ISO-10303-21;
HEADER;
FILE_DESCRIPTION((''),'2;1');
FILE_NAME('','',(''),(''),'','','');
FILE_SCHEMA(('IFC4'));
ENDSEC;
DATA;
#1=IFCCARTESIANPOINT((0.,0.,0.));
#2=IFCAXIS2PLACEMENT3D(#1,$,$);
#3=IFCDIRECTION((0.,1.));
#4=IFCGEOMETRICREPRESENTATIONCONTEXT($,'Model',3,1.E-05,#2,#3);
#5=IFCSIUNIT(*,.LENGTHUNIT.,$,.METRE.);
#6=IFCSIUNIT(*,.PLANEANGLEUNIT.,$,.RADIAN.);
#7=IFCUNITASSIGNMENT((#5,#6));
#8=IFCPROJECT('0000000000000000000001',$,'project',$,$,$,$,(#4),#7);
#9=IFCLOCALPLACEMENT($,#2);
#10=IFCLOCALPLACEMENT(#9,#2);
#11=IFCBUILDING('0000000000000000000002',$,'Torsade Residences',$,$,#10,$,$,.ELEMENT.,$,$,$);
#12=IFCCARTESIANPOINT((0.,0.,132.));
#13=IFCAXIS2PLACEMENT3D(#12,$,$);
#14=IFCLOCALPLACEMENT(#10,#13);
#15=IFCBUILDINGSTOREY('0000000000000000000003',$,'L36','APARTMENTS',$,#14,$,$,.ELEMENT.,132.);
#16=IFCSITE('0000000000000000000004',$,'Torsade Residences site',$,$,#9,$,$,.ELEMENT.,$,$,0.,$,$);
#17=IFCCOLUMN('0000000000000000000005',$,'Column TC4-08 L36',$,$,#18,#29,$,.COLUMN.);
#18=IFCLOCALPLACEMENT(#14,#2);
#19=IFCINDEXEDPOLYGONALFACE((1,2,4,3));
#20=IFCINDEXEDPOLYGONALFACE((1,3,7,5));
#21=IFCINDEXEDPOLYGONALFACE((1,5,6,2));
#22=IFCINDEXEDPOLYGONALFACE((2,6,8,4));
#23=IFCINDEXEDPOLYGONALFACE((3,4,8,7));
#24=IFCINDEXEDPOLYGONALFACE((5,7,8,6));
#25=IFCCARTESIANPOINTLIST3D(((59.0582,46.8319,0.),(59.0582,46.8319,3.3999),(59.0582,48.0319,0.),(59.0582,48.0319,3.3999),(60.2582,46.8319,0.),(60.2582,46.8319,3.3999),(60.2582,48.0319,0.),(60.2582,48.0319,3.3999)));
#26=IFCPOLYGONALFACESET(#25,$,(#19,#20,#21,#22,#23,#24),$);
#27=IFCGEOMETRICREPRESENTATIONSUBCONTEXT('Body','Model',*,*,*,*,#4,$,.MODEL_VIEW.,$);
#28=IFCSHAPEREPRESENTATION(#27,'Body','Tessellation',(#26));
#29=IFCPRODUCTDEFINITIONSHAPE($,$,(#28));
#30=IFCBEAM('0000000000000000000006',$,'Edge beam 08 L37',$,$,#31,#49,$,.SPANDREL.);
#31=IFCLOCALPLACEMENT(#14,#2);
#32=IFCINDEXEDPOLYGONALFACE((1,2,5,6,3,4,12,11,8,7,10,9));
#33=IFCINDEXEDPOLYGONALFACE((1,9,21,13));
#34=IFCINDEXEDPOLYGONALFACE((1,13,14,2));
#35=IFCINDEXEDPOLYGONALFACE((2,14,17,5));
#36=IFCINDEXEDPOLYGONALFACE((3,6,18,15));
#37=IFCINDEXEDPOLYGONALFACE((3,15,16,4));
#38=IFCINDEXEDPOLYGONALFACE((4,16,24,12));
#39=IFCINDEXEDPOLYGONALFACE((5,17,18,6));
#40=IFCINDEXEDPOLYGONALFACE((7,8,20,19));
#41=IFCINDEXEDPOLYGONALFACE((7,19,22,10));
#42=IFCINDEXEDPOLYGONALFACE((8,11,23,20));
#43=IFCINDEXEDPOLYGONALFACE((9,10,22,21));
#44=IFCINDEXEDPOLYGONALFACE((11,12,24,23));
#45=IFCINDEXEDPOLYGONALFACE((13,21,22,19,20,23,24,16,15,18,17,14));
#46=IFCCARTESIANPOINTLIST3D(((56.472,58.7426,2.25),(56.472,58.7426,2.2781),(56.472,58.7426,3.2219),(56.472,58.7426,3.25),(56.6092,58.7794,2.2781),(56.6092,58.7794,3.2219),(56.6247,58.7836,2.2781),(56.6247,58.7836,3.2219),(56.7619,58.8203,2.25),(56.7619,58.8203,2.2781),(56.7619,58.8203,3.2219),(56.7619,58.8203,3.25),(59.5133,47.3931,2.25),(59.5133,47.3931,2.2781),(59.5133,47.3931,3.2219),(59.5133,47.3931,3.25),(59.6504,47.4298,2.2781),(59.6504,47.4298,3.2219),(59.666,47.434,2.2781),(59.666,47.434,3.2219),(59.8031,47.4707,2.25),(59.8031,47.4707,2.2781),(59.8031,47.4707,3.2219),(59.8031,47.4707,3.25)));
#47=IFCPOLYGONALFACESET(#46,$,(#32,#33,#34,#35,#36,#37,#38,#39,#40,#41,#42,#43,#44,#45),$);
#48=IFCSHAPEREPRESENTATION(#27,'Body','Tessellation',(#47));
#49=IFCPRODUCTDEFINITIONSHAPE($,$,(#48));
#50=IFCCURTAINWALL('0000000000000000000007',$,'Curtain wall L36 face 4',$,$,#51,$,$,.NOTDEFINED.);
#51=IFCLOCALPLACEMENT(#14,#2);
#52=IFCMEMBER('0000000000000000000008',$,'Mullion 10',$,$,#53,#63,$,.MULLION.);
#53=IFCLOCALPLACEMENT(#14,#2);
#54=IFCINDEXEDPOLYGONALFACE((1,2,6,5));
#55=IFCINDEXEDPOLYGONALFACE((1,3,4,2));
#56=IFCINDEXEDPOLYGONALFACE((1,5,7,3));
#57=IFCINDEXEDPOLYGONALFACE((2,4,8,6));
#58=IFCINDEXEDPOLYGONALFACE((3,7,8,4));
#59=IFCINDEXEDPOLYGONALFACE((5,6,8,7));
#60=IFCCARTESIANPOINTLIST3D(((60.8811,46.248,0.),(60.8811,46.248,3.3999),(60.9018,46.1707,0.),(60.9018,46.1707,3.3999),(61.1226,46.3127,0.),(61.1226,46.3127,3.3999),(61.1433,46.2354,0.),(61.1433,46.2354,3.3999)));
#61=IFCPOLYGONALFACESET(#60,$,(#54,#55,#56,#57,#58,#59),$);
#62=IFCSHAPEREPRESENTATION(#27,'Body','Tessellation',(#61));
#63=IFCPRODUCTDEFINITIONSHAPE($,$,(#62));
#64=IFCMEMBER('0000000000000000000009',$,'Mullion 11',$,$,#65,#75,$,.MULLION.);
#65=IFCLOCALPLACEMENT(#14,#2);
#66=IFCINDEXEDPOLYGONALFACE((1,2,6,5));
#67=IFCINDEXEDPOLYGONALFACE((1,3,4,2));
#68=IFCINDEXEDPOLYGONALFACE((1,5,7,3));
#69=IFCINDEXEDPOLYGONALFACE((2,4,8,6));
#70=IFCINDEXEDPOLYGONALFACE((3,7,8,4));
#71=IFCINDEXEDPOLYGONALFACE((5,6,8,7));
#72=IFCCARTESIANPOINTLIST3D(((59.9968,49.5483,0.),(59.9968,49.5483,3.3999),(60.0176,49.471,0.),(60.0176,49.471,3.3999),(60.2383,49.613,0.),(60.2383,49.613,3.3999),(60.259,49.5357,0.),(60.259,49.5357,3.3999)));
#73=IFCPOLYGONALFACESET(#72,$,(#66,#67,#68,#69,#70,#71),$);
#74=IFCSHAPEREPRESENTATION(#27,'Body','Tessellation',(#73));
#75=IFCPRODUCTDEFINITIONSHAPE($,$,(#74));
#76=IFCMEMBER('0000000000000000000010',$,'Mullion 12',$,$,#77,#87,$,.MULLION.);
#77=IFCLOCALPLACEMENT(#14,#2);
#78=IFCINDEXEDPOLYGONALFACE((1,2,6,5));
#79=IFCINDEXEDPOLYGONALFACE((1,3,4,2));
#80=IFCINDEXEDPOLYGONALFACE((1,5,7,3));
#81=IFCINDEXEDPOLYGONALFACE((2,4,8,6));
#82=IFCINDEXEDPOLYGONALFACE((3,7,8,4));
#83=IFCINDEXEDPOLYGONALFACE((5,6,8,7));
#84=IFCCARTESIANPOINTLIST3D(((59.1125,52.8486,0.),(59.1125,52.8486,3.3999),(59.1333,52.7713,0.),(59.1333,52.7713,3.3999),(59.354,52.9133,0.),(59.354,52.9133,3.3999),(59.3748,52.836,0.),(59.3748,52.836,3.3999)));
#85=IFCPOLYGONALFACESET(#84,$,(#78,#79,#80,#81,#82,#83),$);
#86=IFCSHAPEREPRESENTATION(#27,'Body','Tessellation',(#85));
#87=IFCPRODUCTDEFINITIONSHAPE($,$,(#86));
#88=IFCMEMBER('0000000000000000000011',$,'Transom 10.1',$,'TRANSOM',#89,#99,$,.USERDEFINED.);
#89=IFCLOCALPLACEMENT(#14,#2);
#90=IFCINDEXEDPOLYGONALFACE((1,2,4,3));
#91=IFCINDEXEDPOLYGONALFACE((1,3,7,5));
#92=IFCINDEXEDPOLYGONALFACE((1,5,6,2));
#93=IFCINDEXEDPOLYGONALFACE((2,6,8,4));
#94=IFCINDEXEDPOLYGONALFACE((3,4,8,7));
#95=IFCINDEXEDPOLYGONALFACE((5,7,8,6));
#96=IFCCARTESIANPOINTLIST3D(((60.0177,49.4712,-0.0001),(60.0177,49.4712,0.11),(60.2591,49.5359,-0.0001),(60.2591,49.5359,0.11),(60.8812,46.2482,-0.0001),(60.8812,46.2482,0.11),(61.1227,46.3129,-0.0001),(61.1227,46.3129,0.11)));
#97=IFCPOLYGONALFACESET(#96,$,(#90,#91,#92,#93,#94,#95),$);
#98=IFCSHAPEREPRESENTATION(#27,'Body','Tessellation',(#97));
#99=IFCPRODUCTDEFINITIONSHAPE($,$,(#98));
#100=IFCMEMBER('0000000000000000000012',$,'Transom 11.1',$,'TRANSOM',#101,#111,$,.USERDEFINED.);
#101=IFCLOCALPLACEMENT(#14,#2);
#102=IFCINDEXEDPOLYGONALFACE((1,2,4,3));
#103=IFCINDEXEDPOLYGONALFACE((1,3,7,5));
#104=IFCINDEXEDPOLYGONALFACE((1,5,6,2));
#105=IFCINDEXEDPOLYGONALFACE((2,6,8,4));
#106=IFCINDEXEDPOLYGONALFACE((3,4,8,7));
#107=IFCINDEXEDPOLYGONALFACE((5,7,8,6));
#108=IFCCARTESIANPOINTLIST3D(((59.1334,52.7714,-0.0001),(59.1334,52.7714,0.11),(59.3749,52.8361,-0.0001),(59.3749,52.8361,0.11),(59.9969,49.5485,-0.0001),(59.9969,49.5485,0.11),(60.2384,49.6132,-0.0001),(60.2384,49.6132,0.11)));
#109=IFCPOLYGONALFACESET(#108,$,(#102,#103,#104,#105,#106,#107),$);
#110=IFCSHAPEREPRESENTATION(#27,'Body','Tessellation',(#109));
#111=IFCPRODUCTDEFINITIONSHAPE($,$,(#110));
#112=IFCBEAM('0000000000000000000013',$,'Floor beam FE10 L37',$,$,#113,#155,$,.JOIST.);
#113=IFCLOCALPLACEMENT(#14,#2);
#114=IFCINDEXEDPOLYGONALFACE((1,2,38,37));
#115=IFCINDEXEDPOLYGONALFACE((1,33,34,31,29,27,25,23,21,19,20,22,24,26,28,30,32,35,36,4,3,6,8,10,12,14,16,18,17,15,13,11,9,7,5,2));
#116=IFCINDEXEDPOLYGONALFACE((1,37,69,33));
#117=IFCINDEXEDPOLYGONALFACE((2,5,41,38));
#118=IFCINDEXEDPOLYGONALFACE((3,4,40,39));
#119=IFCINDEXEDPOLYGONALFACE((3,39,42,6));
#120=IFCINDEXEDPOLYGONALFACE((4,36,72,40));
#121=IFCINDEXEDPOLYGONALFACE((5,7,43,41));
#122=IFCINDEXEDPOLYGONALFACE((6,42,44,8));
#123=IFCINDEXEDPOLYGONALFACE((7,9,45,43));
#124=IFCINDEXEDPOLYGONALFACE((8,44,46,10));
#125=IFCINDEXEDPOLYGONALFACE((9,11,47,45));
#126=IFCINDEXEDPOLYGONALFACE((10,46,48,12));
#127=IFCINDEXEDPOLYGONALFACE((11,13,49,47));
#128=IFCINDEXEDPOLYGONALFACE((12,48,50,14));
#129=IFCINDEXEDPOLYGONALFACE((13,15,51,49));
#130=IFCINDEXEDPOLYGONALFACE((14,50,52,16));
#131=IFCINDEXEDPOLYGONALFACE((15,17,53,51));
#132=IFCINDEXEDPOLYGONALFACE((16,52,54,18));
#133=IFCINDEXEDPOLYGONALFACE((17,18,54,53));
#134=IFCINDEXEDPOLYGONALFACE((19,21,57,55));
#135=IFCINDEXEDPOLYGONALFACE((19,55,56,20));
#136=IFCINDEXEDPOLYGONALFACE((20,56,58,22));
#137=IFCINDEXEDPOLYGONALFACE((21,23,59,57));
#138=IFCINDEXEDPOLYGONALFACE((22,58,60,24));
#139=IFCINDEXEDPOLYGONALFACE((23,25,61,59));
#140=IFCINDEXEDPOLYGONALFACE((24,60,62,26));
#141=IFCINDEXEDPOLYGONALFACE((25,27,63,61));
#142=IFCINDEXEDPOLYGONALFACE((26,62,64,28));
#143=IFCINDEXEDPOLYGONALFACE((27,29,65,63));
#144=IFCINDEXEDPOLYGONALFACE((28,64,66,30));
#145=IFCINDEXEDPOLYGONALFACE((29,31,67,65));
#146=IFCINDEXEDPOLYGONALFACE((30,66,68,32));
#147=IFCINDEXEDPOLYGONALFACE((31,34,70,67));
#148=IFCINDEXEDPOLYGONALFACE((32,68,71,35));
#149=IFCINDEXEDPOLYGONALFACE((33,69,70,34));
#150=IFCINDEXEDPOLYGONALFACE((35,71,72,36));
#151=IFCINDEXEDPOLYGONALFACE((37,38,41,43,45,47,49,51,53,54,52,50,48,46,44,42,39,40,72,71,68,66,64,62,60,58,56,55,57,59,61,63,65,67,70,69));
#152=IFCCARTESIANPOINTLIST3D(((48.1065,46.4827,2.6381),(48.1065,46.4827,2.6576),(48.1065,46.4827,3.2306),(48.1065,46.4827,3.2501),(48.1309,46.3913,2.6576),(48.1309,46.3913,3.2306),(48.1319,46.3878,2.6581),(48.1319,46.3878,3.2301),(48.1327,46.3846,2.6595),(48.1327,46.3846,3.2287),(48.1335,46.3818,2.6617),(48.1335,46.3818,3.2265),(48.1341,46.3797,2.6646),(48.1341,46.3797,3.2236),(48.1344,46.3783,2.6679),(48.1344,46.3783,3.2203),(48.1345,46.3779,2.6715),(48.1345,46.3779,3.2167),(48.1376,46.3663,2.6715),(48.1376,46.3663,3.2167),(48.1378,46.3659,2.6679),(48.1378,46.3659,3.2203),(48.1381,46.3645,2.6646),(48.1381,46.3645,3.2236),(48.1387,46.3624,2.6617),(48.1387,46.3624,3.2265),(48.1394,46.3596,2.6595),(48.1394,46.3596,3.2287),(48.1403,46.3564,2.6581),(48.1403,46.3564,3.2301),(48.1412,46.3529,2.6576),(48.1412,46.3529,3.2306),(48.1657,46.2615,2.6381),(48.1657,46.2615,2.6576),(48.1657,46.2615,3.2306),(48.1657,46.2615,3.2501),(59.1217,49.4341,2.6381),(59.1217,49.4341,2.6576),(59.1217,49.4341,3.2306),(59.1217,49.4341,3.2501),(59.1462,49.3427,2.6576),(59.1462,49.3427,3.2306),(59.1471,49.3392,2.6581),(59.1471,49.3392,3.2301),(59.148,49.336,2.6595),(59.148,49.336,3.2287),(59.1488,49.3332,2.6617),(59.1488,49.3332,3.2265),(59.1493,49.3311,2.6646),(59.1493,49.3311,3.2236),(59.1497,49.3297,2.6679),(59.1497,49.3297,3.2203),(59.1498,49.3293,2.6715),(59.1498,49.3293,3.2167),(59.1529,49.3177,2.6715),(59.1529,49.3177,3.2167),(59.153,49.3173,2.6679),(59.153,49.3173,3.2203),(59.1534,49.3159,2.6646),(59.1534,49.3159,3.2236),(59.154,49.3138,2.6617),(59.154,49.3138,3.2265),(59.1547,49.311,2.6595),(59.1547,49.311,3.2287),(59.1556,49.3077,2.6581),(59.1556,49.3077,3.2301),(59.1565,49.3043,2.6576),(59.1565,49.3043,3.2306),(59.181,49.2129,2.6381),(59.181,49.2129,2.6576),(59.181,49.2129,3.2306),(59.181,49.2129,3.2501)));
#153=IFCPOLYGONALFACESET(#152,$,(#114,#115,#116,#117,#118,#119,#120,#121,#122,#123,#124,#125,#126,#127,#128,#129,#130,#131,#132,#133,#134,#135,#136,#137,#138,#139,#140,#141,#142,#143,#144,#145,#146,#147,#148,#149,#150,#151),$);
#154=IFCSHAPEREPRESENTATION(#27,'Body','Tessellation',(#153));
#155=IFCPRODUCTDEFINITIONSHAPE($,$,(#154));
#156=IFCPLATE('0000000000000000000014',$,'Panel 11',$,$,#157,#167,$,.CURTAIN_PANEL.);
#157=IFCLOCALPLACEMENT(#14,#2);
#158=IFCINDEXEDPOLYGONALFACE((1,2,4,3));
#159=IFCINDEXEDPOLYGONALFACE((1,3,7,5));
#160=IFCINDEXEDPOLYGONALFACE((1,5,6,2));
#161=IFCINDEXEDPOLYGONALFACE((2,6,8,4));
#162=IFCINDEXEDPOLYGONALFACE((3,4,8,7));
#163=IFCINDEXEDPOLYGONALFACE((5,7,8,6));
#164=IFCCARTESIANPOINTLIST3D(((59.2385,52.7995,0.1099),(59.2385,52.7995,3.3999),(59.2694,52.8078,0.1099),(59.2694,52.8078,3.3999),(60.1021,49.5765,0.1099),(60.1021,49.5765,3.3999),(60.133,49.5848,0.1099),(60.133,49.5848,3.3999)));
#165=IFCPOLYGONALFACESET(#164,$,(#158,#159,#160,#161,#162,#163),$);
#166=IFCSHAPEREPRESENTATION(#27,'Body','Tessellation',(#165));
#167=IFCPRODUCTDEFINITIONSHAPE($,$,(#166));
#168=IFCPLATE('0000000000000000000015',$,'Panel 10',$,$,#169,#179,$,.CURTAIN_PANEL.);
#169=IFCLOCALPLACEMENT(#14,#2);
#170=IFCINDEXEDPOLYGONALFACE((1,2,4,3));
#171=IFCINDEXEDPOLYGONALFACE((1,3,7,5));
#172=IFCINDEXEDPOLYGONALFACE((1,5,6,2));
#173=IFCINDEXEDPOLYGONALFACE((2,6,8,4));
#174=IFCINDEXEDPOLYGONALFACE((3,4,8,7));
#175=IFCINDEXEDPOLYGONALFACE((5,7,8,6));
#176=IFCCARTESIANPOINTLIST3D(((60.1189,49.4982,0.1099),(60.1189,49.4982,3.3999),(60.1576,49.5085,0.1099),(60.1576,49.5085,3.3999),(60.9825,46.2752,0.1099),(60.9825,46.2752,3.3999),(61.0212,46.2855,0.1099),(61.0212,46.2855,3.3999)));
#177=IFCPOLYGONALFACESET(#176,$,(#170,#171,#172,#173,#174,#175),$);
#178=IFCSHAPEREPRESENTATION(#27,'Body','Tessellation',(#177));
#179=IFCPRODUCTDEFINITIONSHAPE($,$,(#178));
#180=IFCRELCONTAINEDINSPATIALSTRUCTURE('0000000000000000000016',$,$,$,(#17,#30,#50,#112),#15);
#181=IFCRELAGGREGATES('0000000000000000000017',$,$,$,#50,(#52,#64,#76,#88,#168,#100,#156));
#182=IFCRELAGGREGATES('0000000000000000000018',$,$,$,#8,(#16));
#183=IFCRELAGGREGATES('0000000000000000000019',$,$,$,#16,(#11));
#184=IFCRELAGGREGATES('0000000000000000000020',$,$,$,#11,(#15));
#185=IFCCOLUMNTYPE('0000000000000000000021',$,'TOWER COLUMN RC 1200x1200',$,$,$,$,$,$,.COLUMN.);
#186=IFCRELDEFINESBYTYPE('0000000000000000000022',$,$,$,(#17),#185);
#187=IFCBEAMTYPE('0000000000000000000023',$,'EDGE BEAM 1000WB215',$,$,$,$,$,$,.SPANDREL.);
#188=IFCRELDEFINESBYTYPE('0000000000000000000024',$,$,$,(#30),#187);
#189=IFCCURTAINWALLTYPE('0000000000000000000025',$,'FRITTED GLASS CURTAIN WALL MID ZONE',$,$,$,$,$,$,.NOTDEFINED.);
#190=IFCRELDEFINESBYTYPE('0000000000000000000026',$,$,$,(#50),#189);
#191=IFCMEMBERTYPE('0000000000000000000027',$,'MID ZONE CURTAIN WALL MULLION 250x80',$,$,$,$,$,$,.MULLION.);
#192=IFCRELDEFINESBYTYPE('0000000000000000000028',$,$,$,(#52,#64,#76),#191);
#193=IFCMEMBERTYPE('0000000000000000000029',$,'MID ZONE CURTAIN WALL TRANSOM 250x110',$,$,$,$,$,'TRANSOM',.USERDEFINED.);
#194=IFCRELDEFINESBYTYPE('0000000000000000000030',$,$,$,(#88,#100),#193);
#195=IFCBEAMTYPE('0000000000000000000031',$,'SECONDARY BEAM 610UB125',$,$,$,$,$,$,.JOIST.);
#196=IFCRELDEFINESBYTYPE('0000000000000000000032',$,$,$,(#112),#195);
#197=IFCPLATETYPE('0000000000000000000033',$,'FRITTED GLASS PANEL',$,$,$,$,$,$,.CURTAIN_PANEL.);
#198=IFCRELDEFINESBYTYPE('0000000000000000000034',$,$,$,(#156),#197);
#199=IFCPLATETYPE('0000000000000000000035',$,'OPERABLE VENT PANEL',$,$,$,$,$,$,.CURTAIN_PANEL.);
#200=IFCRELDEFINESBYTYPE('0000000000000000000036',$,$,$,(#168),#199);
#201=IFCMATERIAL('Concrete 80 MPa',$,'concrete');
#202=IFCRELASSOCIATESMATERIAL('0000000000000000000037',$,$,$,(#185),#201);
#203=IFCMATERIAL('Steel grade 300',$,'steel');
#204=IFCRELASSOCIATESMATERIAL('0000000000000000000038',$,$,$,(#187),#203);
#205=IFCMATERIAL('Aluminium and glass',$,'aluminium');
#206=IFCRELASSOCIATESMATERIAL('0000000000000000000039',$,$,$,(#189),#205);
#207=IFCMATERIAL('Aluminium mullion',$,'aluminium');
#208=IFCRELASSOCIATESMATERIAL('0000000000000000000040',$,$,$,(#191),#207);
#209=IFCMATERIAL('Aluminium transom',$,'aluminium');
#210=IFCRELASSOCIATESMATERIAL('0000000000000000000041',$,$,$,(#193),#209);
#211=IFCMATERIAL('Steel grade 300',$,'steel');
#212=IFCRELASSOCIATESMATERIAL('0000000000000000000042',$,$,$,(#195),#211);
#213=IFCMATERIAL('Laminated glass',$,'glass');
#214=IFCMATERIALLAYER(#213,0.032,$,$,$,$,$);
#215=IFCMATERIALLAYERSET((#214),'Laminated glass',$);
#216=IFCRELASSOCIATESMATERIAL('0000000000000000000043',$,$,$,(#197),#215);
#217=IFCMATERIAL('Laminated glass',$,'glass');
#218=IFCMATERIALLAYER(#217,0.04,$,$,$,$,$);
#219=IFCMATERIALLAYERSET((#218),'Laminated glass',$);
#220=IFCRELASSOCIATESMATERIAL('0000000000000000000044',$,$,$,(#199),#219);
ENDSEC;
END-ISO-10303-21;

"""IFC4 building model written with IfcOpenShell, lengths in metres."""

from ifc_helpers import new_model, si_unit, direction, frame, origin, origin_2d, place, context, subcontext, project, spatial, rectangle, i_section, extrude, material, layer, layer_set, material_profile, profile_set, type_object, element, aggregate, save


model = new_model("IFC4")

# Units and contexts
model_context = context("Model", 3, precision=1e-05, world=origin(), true_north=direction((0.0, 1.0)))
body_context = subcontext(model_context, "Body", "Model", "MODEL_VIEW")
ifc_project = project(units=[si_unit("LENGTHUNIT", "METRE"), si_unit("PLANEANGLEUNIT", "RADIAN")], contexts=[model_context])

# Site, building, storey
site_placement = place(None, origin())
site = spatial("IfcSite", under=ifc_project, at=site_placement, Name="Torsade Residences site", CompositionType="ELEMENT", RefElevation=0.0)
building_placement = place(site_placement, origin())
building = spatial("IfcBuilding", under=site, at=building_placement, Name="Torsade Residences", CompositionType="ELEMENT")
storey_placement = place(building_placement, frame((0.0, 0.0, 132.0)))
storey = spatial("IfcBuildingStorey", under=building, at=storey_placement, Name="L36", Description="APARTMENTS", CompositionType="ELEMENT", Elevation=132.0)

# Column
ifc_material_1 = material(Name="Concrete 80 MPa", Category="concrete")
ifc_material_profile_1 = material_profile(ifc_material_1, rectangle(XDim=1.2, YDim=1.2, at=origin_2d()), Name="RC 1200x1200")
ifc_profile_set_1 = profile_set([ifc_material_profile_1], Name="Concrete 80 MPa")
column_type = type_object("IfcColumnType", Name="TOWER COLUMN RC 1200x1200", PredefinedType="COLUMN", material=ifc_profile_set_1)
column_placement = place(storey_placement, frame((59.6582, 47.4319, 0.0), z_axis=(0.0, 0.0, 1.0), x_axis=(1.0, 0.0, 0.0)))
element("IfcColumn", 1, at=column_placement, inside=storey, type_object=column_type, Name="Column TC4-08 L36", PredefinedType="COLUMN", context=body_context, shape_type="SweptSolid", body=[
    extrude(rectangle(XDim=1.2, YDim=1.2, at=origin_2d()), origin(), (0.0, 0.0, 1.0), 3.3999),
])

# Beam
ifc_material_2 = material(Name="Steel grade 300", Category="steel")
ifc_material_profile_2 = material_profile(ifc_material_2, i_section(OverallWidth=0.3, OverallDepth=1.0, WebThickness=0.0161, FlangeThickness=0.0281, at=origin_2d()), Name="1000WB215")
ifc_profile_set_2 = profile_set([ifc_material_profile_2], Name="Steel grade 300")
beam_type_1 = type_object("IfcBeamType", Name="EDGE BEAM 1000WB215", PredefinedType="SPANDREL", material=ifc_profile_set_2)
beam_1_placement = place(storey_placement, frame((59.6582, 47.4319, 2.75), z_axis=(-0.25883, 0.965923, 0.0), x_axis=(-0.965923, -0.25883, 0.0)))
element("IfcBeam", 2, at=beam_1_placement, inside=storey, type_object=beam_type_1, Name="Edge beam 08 L37", PredefinedType="SPANDREL", context=body_context, shape_type="SweptSolid", body=[
    extrude(i_section(OverallWidth=0.3, OverallDepth=1.0, WebThickness=0.0161, FlangeThickness=0.0281, at=origin_2d()), origin(), (0.0, 0.0, 1.0), 11.75),
])

# Curtain wall, members
ifc_material_3 = material(Name="Aluminium and glass", Category="aluminium")
curtain_wall_type = type_object("IfcCurtainWallType", Name="FRITTED GLASS CURTAIN WALL MID ZONE", PredefinedType="NOTDEFINED", material=ifc_material_3)
curtain_wall_placement = place(storey_placement, origin())
curtain_wall = element("IfcCurtainWall", 3, at=curtain_wall_placement, inside=storey, type_object=curtain_wall_type, Name="Curtain wall L36 face 4", PredefinedType="NOTDEFINED")
ifc_material_4 = material(Name="Aluminium mullion", Category="aluminium")
ifc_material_profile_3 = material_profile(ifc_material_4, rectangle(XDim=0.25, YDim=0.0801, at=origin_2d()), Name="MID ZONE CURTAIN WALL MULLION 250x80")
ifc_profile_set_3 = profile_set([ifc_material_profile_3], Name="Aluminium mullion")
member_type_1 = type_object("IfcMemberType", Name="MID ZONE CURTAIN WALL MULLION 250x80", PredefinedType="MULLION", material=ifc_profile_set_3)
member_1_placement = place(storey_placement, frame((61.0122, 46.2417, 0.0), z_axis=(0.0, 0.0, 1.0), x_axis=(-0.965926, -0.258819, 0.0)))
member_1 = element("IfcMember", 4, at=member_1_placement, type_object=member_type_1, Name="Mullion 10", PredefinedType="MULLION", context=body_context, shape_type="SweptSolid", body=[
    extrude(rectangle(XDim=0.25, YDim=0.0801, at=origin_2d()), origin(), (0.0, 0.0, 1.0), 3.3999),
])
member_2_placement = place(storey_placement, frame((60.1279, 49.542, 0.0), z_axis=(0.0, 0.0, 1.0), x_axis=(-0.965926, -0.258819, 0.0)))
member_2 = element("IfcMember", 5, at=member_2_placement, type_object=member_type_1, Name="Mullion 11", PredefinedType="MULLION", context=body_context, shape_type="SweptSolid", body=[
    extrude(rectangle(XDim=0.25, YDim=0.0801, at=origin_2d()), origin(), (0.0, 0.0, 1.0), 3.3999),
])
member_3_placement = place(storey_placement, frame((59.2437, 52.8423, 0.0), z_axis=(0.0, 0.0, 1.0), x_axis=(-0.965926, -0.258819, 0.0)))
member_3 = element("IfcMember", 6, at=member_3_placement, type_object=member_type_1, Name="Mullion 12", PredefinedType="MULLION", context=body_context, shape_type="SweptSolid", body=[
    extrude(rectangle(XDim=0.25, YDim=0.0801, at=origin_2d()), origin(), (0.0, 0.0, 1.0), 3.3999),
])
ifc_material_5 = material(Name="Aluminium transom", Category="aluminium")
ifc_material_profile_4 = material_profile(ifc_material_5, rectangle(XDim=0.25, YDim=0.1101, at=origin_2d()), Name="MID ZONE CURTAIN WALL TRANSOM 250x110")
ifc_profile_set_4 = profile_set([ifc_material_profile_4], Name="Aluminium transom")
member_type_2 = type_object("IfcMemberType", Name="MID ZONE CURTAIN WALL TRANSOM 250x110", ElementType="TRANSOM", PredefinedType="USERDEFINED", material=ifc_profile_set_4)
member_4_placement = place(storey_placement, frame((61.002, 46.2805, 0.0549), z_axis=(-0.258806, 0.965929, 0.0), x_axis=(-0.965929, -0.258806, 0.0)))
member_4 = element("IfcMember", 7, at=member_4_placement, type_object=member_type_2, Name="Transom 10.1", ObjectType="TRANSOM", PredefinedType="USERDEFINED", context=body_context, shape_type="SweptSolid", body=[
    extrude(rectangle(XDim=0.25, YDim=0.1101, at=origin_2d()), origin(), (0.0, 0.0, 1.0), 3.3367),
])
member_5_placement = place(storey_placement, frame((60.1177, 49.5808, 0.0549), z_axis=(-0.258806, 0.965929, 0.0), x_axis=(-0.965929, -0.258806, 0.0)))
member_5 = element("IfcMember", 8, at=member_5_placement, type_object=member_type_2, Name="Transom 11.1", ObjectType="TRANSOM", PredefinedType="USERDEFINED", context=body_context, shape_type="SweptSolid", body=[
    extrude(rectangle(XDim=0.25, YDim=0.1101, at=origin_2d()), origin(), (0.0, 0.0, 1.0), 3.3367),
])

# Beam
ifc_material_6 = material(Name="Steel grade 300", Category="steel")
ifc_material_profile_5 = material_profile(ifc_material_6, i_section(OverallWidth=0.229, OverallDepth=0.6121, WebThickness=0.012, FlangeThickness=0.0195, FilletRadius=0.0139, at=origin_2d()), Name="610UB125")
ifc_profile_set_5 = profile_set([ifc_material_profile_5], Name="Steel grade 300")
beam_type_2 = type_object("IfcBeamType", Name="SECONDARY BEAM 610UB125", PredefinedType="JOIST", material=ifc_profile_set_5)
beam_2_placement = place(storey_placement, frame((59.1514, 49.3235, 2.9441), z_axis=(-0.965929, -0.258807, 0.0), x_axis=(0.258807, -0.965929, 0.0)))
element("IfcBeam", 9, at=beam_2_placement, inside=storey, type_object=beam_type_2, Name="Floor beam FE10 L37", PredefinedType="JOIST", context=body_context, shape_type="SweptSolid", body=[
    extrude(i_section(OverallWidth=0.229, OverallDepth=0.6121, WebThickness=0.012, FlangeThickness=0.0195, FilletRadius=0.0139, at=origin_2d()), origin(), (0.0, 0.0, 1.0), 11.4038),
])

# Plates
ifc_material_7 = material(Name="Laminated glass", Category="glass")
ifc_layer_1 = layer(ifc_material_7, 0.032)
ifc_layer_set_1 = layer_set([ifc_layer_1], Name="Laminated glass")
plate_type_1 = type_object("IfcPlateType", Name="FRITTED GLASS PANEL", PredefinedType="CURTAIN_PANEL", material=ifc_layer_set_1)
plate_1_placement = place(storey_placement, frame((59.6858, 51.1921, 0.1099), z_axis=(0.0, 0.0, 1.0), x_axis=(-0.258819, 0.965926, 0.0)))
plate_1 = element("IfcPlate", 10, at=plate_1_placement, type_object=plate_type_1, Name="Panel 11", PredefinedType="CURTAIN_PANEL", context=body_context, shape_type="SweptSolid", body=[
    extrude(rectangle(XDim=3.3367, YDim=0.032, at=origin_2d()), origin(), (0.0, 0.0, 1.0), 3.29),
])
ifc_material_8 = material(Name="Laminated glass", Category="glass")
ifc_layer_2 = layer(ifc_material_8, 0.04)
ifc_layer_set_2 = layer_set([ifc_layer_2], Name="Laminated glass")
plate_type_2 = type_object("IfcPlateType", Name="OPERABLE VENT PANEL", PredefinedType="CURTAIN_PANEL", material=ifc_layer_set_2)
plate_2_placement = place(storey_placement, frame((60.5701, 47.8918, 0.1099), z_axis=(0.0, 0.0, 1.0), x_axis=(-0.258819, 0.965926, 0.0)))
plate_2 = element("IfcPlate", 11, at=plate_2_placement, type_object=plate_type_2, Name="Panel 10", PredefinedType="CURTAIN_PANEL", context=body_context, shape_type="SweptSolid", body=[
    extrude(rectangle(XDim=3.3367, YDim=0.04, at=origin_2d()), origin(), (0.0, 0.0, 1.0), 3.29),
])
aggregate(curtain_wall, [member_1, member_2, member_3, member_4, plate_2, member_5, plate_1])

save(model, "model.ifc")
